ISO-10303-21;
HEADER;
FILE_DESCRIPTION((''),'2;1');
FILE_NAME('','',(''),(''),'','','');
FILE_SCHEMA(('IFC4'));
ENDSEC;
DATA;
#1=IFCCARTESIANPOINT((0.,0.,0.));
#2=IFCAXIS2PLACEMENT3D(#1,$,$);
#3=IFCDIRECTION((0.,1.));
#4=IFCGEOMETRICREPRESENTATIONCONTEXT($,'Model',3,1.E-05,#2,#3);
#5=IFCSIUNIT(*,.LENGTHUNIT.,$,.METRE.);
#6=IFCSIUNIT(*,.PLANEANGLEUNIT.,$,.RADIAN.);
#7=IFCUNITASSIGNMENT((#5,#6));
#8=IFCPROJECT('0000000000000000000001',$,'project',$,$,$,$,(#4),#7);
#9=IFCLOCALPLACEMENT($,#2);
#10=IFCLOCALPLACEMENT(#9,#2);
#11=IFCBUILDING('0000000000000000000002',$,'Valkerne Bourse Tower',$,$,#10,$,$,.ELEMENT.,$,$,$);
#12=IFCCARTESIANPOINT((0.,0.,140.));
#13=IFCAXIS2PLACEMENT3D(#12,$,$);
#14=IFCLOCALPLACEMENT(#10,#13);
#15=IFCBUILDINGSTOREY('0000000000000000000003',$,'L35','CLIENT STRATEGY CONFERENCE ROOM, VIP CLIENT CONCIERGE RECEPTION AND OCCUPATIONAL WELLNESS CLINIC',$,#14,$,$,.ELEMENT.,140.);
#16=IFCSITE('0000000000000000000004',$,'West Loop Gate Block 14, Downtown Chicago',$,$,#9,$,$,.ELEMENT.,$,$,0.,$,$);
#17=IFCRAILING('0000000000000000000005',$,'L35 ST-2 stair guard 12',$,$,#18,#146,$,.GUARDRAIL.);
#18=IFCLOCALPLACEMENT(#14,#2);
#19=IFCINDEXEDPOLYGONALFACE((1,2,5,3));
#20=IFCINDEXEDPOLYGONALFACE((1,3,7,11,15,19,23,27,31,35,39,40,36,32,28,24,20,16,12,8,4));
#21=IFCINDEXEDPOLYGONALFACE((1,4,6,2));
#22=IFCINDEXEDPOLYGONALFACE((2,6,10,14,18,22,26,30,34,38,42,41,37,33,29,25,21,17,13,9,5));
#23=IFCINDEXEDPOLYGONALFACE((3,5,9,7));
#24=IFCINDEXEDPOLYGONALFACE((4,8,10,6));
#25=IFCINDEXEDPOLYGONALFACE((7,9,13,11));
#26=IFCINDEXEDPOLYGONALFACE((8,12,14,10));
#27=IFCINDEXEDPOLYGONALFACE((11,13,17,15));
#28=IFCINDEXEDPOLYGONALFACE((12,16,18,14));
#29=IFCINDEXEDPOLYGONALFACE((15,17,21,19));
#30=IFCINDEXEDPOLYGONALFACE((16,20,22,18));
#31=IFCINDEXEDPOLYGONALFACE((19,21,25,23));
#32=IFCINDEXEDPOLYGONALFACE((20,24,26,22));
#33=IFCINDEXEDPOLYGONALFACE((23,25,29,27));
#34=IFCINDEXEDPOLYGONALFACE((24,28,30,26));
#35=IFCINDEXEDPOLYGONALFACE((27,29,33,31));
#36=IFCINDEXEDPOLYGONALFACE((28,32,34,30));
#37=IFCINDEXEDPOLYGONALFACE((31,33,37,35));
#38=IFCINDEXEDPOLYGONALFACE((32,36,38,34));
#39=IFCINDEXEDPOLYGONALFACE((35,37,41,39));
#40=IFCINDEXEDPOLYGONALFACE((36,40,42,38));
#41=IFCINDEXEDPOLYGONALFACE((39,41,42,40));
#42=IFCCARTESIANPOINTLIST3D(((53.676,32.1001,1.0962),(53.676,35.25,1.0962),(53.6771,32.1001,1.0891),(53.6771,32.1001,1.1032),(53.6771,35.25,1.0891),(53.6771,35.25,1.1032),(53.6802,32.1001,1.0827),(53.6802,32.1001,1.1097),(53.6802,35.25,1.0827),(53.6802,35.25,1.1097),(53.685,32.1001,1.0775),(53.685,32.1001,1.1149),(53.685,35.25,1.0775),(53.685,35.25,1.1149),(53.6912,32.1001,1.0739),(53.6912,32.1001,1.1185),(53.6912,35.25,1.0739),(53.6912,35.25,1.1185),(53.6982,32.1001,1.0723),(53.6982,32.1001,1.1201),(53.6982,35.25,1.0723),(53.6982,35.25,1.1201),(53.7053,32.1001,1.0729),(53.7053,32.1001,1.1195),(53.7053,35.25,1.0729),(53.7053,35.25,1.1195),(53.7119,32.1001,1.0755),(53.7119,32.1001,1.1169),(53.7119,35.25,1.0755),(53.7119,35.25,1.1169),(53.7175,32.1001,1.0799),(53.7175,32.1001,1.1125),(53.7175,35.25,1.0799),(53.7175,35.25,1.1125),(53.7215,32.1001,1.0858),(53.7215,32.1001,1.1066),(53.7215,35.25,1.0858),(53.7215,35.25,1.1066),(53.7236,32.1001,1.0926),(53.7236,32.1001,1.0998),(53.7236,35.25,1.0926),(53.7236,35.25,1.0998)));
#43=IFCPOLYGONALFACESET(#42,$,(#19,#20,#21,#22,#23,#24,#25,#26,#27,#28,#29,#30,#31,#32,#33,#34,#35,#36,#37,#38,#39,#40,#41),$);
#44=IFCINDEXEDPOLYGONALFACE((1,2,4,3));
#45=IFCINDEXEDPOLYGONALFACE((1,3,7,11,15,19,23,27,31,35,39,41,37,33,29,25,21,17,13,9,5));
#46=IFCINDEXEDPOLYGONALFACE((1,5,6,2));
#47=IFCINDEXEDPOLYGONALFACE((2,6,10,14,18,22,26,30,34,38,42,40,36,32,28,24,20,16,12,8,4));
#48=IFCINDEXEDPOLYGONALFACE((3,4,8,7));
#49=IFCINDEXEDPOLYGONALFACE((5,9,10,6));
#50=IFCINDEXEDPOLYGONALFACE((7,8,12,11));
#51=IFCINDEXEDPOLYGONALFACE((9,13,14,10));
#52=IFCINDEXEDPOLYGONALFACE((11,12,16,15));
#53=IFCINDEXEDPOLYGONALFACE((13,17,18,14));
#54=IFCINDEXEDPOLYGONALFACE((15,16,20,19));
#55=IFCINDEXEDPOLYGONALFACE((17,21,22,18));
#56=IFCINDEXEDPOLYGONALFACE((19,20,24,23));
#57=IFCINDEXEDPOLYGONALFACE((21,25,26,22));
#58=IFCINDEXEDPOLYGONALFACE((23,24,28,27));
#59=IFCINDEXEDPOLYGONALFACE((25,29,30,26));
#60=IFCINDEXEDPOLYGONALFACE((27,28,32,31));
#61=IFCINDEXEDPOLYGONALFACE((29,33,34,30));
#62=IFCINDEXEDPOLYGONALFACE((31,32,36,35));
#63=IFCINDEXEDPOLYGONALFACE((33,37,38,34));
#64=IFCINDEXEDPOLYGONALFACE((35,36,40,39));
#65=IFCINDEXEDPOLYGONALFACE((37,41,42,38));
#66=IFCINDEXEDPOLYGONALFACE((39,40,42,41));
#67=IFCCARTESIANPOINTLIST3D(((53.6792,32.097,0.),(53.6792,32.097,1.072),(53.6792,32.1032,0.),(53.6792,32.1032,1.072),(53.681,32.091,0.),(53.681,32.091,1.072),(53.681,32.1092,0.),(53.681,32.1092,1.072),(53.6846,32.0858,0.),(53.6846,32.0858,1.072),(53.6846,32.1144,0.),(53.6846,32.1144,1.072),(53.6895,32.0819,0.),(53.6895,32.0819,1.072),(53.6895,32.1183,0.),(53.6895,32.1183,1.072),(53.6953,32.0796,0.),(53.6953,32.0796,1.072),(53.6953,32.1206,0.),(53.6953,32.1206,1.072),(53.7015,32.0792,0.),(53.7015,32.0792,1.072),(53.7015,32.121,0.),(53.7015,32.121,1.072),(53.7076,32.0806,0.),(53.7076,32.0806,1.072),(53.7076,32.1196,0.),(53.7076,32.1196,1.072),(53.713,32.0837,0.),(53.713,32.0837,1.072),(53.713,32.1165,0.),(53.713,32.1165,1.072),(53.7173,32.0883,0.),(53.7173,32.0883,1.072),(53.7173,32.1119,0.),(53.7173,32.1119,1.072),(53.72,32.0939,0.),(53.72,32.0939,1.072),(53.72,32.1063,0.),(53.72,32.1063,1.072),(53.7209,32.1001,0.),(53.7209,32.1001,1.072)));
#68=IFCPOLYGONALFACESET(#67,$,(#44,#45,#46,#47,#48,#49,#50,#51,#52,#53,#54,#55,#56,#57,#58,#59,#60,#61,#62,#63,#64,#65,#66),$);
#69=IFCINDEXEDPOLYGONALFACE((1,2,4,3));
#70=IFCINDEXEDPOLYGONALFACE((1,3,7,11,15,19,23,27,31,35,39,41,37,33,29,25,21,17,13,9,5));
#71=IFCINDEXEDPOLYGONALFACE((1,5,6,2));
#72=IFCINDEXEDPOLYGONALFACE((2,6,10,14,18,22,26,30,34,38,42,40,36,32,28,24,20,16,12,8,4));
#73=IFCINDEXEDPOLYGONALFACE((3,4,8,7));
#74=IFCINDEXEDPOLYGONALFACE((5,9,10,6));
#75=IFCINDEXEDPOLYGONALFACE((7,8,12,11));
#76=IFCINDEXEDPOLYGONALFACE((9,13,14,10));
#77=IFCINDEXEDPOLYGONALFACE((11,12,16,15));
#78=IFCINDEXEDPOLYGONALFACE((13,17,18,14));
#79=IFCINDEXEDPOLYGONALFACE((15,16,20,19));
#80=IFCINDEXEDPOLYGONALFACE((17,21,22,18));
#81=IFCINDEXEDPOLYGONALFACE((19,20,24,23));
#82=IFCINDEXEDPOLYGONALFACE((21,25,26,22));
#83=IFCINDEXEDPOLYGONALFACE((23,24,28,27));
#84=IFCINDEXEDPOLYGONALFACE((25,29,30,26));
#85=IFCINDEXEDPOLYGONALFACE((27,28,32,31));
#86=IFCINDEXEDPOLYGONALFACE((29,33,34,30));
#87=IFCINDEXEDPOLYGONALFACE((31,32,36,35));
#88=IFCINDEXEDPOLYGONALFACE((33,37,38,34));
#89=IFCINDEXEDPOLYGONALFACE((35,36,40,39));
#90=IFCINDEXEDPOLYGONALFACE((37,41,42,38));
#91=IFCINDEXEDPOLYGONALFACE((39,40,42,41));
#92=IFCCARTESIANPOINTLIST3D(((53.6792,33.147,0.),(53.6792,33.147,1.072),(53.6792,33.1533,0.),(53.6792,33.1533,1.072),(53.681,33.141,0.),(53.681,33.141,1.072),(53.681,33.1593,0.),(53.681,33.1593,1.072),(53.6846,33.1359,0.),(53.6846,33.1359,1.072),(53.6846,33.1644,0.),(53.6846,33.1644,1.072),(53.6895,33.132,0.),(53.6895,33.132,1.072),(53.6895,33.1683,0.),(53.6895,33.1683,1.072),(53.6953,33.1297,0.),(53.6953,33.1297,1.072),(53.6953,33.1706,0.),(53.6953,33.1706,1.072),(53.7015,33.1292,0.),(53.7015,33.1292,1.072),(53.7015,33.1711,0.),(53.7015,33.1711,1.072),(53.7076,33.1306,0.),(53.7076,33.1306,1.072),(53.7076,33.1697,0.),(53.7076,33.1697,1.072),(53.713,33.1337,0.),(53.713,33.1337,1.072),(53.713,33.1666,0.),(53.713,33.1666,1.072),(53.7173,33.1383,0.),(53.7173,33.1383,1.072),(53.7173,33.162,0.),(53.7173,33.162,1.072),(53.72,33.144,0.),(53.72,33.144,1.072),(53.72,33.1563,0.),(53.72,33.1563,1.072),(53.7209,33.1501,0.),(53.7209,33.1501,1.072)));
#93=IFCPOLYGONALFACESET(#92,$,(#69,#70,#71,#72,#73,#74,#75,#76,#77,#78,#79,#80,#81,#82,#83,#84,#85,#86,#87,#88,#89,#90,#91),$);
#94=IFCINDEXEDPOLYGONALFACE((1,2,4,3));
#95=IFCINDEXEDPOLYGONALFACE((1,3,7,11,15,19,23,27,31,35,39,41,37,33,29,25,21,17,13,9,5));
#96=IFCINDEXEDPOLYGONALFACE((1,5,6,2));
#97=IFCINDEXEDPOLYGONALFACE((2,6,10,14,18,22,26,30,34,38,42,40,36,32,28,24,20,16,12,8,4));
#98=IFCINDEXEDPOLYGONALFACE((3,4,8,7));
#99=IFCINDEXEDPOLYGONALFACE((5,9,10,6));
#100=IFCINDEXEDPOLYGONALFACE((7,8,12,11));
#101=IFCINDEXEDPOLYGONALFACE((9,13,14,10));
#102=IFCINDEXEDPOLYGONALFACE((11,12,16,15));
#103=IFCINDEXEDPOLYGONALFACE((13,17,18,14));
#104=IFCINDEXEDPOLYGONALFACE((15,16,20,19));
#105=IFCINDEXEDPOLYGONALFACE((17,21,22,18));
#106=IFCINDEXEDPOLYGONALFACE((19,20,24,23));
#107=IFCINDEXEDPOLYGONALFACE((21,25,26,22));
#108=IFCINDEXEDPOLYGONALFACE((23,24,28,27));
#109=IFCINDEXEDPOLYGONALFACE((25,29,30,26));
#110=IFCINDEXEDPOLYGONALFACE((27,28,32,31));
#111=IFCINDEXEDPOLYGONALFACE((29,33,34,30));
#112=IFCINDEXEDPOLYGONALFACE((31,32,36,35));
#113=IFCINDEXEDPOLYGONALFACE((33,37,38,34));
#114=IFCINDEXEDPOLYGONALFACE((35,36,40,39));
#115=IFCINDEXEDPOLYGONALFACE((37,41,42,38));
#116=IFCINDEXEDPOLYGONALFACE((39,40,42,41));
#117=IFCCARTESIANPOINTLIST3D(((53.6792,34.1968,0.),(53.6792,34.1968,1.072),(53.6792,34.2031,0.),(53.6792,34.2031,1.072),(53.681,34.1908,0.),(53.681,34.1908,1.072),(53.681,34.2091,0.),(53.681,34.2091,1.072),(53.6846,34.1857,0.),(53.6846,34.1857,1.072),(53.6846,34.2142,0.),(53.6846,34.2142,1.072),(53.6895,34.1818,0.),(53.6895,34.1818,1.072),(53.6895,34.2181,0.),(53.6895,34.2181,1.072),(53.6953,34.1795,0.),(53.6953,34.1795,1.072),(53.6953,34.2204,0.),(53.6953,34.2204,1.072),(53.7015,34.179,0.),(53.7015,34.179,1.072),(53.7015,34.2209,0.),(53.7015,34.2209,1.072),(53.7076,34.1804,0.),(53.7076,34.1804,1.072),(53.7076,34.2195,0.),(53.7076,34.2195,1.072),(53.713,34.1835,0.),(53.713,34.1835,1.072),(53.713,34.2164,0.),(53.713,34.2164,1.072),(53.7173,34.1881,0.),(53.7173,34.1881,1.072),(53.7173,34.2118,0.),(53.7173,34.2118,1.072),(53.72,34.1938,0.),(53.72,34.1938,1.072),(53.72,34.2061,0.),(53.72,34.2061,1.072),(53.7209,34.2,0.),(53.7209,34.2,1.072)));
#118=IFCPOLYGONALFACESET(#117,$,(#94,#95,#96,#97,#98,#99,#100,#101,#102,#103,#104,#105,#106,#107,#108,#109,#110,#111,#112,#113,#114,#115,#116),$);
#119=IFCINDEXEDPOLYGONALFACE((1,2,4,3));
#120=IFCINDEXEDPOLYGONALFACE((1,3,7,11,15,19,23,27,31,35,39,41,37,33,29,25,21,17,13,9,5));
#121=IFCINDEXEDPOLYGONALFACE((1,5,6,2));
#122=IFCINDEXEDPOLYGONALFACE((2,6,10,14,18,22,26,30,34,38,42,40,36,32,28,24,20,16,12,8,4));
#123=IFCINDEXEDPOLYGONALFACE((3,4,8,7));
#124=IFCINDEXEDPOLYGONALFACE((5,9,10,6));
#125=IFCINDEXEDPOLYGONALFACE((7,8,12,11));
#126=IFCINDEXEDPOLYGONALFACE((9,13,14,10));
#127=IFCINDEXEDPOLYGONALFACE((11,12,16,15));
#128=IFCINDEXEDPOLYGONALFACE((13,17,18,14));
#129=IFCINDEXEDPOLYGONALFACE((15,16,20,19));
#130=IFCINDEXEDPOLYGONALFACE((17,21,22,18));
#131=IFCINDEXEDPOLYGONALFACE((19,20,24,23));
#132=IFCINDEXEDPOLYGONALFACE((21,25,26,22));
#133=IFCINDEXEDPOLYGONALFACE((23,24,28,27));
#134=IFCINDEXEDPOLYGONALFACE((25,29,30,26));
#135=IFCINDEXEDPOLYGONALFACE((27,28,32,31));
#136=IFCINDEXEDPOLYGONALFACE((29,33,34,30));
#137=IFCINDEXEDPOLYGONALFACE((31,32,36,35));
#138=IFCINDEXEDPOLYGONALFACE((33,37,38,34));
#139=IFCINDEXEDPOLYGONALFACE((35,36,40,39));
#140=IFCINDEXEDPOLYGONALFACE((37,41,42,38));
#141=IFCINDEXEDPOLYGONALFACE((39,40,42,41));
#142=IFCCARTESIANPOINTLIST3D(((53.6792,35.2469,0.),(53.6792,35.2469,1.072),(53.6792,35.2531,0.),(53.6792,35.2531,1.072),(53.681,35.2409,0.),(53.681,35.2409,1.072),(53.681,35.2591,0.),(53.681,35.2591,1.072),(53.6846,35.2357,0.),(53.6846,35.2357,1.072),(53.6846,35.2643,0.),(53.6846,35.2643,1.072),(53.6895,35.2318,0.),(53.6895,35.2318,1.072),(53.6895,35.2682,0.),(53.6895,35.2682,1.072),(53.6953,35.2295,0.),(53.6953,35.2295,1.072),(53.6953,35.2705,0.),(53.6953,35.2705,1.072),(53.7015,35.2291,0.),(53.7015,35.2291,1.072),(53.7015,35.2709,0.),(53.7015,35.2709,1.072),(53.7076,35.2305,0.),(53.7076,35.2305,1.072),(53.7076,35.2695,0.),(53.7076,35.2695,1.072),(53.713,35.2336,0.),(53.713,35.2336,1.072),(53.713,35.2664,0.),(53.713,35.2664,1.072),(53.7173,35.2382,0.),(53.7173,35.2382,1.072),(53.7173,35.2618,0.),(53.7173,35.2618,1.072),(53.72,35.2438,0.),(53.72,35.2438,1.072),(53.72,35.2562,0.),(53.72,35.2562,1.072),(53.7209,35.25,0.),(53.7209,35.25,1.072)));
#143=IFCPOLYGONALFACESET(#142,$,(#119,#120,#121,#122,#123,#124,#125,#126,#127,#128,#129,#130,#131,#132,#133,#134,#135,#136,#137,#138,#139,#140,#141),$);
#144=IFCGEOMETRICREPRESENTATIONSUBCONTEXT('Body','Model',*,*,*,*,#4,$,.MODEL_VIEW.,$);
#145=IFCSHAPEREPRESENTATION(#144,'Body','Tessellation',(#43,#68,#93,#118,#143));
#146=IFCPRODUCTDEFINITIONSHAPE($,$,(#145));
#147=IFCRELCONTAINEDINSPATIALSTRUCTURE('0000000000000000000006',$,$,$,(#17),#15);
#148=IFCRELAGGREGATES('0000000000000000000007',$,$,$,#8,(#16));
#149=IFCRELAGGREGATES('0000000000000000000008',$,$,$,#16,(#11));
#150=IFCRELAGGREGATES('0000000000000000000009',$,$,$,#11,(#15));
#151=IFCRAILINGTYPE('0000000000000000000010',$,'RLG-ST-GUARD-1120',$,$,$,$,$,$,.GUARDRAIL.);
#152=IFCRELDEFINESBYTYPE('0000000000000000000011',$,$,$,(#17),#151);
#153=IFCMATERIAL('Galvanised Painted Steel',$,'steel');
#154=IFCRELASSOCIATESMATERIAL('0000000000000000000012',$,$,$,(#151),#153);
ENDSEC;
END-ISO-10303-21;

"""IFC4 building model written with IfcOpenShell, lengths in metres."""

from ifc_helpers import new_model, si_unit, direction, frame, origin, origin_2d, place, context, subcontext, project, spatial, circle, extrude, material, type_object, element, save


model = new_model("IFC4")

# Units and contexts
model_context = context("Model", 3, precision=1e-05, world=origin(), true_north=direction((0.0, 1.0)))
body_context = subcontext(model_context, "Body", "Model", "MODEL_VIEW")
ifc_project = project(units=[si_unit("LENGTHUNIT", "METRE"), si_unit("PLANEANGLEUNIT", "RADIAN")], contexts=[model_context])

# Site, building, storey
site_placement = place(None, origin())
site = spatial("IfcSite", under=ifc_project, at=site_placement, Name="West Loop Gate Block 14, Downtown Chicago", CompositionType="ELEMENT", RefElevation=0.0)
building_placement = place(site_placement, origin())
building = spatial("IfcBuilding", under=site, at=building_placement, Name="Valkerne Bourse Tower", CompositionType="ELEMENT")
storey_placement = place(building_placement, frame((0.0, 0.0, 140.0)))
storey = spatial("IfcBuildingStorey", under=building, at=storey_placement, Name="L35", Description="CLIENT STRATEGY CONFERENCE ROOM, VIP CLIENT CONCIERGE RECEPTION AND OCCUPATIONAL WELLNESS CLINIC", CompositionType="ELEMENT", Elevation=140.0)

# Railing
ifc_material_1 = material(Name="Galvanised Painted Steel", Category="steel")
railing_type = type_object("IfcRailingType", Name="RLG-ST-GUARD-1120", PredefinedType="GUARDRAIL", material=ifc_material_1)
railing_1_placement = place(storey_placement, frame((53.7, 32.1001, 0.0)))
element("IfcRailing", 1, at=railing_1_placement, inside=storey, type_object=railing_type, Name="L35 ST-2 stair guard 12", PredefinedType="GUARDRAIL", context=body_context, shape_type="SweptSolid", body=[
    extrude(circle(Radius=0.0239, at=origin_2d()), frame((0.0, 0.0, 1.0962), z_axis=(0.0, 1.0, 0.0), x_axis=(-1.0, 0.0, 0.0)), (0.0, 0.0, 1.0), 3.1499),
    extrude(circle(Radius=0.021, at=origin_2d()), origin(), (0.0, 0.0, 1.0), 1.072),
    extrude(circle(Radius=0.021, at=origin_2d()), frame((0.0, 1.05, 0.0)), (0.0, 0.0, 1.0), 1.072),
    extrude(circle(Radius=0.021, at=origin_2d()), frame((0.0, 2.0999, 0.0)), (0.0, 0.0, 1.0), 1.072),
    extrude(circle(Radius=0.021, at=origin_2d()), frame((0.0, 3.1499, 0.0)), (0.0, 0.0, 1.0), 1.072),
])

save(model, "model.ifc")
